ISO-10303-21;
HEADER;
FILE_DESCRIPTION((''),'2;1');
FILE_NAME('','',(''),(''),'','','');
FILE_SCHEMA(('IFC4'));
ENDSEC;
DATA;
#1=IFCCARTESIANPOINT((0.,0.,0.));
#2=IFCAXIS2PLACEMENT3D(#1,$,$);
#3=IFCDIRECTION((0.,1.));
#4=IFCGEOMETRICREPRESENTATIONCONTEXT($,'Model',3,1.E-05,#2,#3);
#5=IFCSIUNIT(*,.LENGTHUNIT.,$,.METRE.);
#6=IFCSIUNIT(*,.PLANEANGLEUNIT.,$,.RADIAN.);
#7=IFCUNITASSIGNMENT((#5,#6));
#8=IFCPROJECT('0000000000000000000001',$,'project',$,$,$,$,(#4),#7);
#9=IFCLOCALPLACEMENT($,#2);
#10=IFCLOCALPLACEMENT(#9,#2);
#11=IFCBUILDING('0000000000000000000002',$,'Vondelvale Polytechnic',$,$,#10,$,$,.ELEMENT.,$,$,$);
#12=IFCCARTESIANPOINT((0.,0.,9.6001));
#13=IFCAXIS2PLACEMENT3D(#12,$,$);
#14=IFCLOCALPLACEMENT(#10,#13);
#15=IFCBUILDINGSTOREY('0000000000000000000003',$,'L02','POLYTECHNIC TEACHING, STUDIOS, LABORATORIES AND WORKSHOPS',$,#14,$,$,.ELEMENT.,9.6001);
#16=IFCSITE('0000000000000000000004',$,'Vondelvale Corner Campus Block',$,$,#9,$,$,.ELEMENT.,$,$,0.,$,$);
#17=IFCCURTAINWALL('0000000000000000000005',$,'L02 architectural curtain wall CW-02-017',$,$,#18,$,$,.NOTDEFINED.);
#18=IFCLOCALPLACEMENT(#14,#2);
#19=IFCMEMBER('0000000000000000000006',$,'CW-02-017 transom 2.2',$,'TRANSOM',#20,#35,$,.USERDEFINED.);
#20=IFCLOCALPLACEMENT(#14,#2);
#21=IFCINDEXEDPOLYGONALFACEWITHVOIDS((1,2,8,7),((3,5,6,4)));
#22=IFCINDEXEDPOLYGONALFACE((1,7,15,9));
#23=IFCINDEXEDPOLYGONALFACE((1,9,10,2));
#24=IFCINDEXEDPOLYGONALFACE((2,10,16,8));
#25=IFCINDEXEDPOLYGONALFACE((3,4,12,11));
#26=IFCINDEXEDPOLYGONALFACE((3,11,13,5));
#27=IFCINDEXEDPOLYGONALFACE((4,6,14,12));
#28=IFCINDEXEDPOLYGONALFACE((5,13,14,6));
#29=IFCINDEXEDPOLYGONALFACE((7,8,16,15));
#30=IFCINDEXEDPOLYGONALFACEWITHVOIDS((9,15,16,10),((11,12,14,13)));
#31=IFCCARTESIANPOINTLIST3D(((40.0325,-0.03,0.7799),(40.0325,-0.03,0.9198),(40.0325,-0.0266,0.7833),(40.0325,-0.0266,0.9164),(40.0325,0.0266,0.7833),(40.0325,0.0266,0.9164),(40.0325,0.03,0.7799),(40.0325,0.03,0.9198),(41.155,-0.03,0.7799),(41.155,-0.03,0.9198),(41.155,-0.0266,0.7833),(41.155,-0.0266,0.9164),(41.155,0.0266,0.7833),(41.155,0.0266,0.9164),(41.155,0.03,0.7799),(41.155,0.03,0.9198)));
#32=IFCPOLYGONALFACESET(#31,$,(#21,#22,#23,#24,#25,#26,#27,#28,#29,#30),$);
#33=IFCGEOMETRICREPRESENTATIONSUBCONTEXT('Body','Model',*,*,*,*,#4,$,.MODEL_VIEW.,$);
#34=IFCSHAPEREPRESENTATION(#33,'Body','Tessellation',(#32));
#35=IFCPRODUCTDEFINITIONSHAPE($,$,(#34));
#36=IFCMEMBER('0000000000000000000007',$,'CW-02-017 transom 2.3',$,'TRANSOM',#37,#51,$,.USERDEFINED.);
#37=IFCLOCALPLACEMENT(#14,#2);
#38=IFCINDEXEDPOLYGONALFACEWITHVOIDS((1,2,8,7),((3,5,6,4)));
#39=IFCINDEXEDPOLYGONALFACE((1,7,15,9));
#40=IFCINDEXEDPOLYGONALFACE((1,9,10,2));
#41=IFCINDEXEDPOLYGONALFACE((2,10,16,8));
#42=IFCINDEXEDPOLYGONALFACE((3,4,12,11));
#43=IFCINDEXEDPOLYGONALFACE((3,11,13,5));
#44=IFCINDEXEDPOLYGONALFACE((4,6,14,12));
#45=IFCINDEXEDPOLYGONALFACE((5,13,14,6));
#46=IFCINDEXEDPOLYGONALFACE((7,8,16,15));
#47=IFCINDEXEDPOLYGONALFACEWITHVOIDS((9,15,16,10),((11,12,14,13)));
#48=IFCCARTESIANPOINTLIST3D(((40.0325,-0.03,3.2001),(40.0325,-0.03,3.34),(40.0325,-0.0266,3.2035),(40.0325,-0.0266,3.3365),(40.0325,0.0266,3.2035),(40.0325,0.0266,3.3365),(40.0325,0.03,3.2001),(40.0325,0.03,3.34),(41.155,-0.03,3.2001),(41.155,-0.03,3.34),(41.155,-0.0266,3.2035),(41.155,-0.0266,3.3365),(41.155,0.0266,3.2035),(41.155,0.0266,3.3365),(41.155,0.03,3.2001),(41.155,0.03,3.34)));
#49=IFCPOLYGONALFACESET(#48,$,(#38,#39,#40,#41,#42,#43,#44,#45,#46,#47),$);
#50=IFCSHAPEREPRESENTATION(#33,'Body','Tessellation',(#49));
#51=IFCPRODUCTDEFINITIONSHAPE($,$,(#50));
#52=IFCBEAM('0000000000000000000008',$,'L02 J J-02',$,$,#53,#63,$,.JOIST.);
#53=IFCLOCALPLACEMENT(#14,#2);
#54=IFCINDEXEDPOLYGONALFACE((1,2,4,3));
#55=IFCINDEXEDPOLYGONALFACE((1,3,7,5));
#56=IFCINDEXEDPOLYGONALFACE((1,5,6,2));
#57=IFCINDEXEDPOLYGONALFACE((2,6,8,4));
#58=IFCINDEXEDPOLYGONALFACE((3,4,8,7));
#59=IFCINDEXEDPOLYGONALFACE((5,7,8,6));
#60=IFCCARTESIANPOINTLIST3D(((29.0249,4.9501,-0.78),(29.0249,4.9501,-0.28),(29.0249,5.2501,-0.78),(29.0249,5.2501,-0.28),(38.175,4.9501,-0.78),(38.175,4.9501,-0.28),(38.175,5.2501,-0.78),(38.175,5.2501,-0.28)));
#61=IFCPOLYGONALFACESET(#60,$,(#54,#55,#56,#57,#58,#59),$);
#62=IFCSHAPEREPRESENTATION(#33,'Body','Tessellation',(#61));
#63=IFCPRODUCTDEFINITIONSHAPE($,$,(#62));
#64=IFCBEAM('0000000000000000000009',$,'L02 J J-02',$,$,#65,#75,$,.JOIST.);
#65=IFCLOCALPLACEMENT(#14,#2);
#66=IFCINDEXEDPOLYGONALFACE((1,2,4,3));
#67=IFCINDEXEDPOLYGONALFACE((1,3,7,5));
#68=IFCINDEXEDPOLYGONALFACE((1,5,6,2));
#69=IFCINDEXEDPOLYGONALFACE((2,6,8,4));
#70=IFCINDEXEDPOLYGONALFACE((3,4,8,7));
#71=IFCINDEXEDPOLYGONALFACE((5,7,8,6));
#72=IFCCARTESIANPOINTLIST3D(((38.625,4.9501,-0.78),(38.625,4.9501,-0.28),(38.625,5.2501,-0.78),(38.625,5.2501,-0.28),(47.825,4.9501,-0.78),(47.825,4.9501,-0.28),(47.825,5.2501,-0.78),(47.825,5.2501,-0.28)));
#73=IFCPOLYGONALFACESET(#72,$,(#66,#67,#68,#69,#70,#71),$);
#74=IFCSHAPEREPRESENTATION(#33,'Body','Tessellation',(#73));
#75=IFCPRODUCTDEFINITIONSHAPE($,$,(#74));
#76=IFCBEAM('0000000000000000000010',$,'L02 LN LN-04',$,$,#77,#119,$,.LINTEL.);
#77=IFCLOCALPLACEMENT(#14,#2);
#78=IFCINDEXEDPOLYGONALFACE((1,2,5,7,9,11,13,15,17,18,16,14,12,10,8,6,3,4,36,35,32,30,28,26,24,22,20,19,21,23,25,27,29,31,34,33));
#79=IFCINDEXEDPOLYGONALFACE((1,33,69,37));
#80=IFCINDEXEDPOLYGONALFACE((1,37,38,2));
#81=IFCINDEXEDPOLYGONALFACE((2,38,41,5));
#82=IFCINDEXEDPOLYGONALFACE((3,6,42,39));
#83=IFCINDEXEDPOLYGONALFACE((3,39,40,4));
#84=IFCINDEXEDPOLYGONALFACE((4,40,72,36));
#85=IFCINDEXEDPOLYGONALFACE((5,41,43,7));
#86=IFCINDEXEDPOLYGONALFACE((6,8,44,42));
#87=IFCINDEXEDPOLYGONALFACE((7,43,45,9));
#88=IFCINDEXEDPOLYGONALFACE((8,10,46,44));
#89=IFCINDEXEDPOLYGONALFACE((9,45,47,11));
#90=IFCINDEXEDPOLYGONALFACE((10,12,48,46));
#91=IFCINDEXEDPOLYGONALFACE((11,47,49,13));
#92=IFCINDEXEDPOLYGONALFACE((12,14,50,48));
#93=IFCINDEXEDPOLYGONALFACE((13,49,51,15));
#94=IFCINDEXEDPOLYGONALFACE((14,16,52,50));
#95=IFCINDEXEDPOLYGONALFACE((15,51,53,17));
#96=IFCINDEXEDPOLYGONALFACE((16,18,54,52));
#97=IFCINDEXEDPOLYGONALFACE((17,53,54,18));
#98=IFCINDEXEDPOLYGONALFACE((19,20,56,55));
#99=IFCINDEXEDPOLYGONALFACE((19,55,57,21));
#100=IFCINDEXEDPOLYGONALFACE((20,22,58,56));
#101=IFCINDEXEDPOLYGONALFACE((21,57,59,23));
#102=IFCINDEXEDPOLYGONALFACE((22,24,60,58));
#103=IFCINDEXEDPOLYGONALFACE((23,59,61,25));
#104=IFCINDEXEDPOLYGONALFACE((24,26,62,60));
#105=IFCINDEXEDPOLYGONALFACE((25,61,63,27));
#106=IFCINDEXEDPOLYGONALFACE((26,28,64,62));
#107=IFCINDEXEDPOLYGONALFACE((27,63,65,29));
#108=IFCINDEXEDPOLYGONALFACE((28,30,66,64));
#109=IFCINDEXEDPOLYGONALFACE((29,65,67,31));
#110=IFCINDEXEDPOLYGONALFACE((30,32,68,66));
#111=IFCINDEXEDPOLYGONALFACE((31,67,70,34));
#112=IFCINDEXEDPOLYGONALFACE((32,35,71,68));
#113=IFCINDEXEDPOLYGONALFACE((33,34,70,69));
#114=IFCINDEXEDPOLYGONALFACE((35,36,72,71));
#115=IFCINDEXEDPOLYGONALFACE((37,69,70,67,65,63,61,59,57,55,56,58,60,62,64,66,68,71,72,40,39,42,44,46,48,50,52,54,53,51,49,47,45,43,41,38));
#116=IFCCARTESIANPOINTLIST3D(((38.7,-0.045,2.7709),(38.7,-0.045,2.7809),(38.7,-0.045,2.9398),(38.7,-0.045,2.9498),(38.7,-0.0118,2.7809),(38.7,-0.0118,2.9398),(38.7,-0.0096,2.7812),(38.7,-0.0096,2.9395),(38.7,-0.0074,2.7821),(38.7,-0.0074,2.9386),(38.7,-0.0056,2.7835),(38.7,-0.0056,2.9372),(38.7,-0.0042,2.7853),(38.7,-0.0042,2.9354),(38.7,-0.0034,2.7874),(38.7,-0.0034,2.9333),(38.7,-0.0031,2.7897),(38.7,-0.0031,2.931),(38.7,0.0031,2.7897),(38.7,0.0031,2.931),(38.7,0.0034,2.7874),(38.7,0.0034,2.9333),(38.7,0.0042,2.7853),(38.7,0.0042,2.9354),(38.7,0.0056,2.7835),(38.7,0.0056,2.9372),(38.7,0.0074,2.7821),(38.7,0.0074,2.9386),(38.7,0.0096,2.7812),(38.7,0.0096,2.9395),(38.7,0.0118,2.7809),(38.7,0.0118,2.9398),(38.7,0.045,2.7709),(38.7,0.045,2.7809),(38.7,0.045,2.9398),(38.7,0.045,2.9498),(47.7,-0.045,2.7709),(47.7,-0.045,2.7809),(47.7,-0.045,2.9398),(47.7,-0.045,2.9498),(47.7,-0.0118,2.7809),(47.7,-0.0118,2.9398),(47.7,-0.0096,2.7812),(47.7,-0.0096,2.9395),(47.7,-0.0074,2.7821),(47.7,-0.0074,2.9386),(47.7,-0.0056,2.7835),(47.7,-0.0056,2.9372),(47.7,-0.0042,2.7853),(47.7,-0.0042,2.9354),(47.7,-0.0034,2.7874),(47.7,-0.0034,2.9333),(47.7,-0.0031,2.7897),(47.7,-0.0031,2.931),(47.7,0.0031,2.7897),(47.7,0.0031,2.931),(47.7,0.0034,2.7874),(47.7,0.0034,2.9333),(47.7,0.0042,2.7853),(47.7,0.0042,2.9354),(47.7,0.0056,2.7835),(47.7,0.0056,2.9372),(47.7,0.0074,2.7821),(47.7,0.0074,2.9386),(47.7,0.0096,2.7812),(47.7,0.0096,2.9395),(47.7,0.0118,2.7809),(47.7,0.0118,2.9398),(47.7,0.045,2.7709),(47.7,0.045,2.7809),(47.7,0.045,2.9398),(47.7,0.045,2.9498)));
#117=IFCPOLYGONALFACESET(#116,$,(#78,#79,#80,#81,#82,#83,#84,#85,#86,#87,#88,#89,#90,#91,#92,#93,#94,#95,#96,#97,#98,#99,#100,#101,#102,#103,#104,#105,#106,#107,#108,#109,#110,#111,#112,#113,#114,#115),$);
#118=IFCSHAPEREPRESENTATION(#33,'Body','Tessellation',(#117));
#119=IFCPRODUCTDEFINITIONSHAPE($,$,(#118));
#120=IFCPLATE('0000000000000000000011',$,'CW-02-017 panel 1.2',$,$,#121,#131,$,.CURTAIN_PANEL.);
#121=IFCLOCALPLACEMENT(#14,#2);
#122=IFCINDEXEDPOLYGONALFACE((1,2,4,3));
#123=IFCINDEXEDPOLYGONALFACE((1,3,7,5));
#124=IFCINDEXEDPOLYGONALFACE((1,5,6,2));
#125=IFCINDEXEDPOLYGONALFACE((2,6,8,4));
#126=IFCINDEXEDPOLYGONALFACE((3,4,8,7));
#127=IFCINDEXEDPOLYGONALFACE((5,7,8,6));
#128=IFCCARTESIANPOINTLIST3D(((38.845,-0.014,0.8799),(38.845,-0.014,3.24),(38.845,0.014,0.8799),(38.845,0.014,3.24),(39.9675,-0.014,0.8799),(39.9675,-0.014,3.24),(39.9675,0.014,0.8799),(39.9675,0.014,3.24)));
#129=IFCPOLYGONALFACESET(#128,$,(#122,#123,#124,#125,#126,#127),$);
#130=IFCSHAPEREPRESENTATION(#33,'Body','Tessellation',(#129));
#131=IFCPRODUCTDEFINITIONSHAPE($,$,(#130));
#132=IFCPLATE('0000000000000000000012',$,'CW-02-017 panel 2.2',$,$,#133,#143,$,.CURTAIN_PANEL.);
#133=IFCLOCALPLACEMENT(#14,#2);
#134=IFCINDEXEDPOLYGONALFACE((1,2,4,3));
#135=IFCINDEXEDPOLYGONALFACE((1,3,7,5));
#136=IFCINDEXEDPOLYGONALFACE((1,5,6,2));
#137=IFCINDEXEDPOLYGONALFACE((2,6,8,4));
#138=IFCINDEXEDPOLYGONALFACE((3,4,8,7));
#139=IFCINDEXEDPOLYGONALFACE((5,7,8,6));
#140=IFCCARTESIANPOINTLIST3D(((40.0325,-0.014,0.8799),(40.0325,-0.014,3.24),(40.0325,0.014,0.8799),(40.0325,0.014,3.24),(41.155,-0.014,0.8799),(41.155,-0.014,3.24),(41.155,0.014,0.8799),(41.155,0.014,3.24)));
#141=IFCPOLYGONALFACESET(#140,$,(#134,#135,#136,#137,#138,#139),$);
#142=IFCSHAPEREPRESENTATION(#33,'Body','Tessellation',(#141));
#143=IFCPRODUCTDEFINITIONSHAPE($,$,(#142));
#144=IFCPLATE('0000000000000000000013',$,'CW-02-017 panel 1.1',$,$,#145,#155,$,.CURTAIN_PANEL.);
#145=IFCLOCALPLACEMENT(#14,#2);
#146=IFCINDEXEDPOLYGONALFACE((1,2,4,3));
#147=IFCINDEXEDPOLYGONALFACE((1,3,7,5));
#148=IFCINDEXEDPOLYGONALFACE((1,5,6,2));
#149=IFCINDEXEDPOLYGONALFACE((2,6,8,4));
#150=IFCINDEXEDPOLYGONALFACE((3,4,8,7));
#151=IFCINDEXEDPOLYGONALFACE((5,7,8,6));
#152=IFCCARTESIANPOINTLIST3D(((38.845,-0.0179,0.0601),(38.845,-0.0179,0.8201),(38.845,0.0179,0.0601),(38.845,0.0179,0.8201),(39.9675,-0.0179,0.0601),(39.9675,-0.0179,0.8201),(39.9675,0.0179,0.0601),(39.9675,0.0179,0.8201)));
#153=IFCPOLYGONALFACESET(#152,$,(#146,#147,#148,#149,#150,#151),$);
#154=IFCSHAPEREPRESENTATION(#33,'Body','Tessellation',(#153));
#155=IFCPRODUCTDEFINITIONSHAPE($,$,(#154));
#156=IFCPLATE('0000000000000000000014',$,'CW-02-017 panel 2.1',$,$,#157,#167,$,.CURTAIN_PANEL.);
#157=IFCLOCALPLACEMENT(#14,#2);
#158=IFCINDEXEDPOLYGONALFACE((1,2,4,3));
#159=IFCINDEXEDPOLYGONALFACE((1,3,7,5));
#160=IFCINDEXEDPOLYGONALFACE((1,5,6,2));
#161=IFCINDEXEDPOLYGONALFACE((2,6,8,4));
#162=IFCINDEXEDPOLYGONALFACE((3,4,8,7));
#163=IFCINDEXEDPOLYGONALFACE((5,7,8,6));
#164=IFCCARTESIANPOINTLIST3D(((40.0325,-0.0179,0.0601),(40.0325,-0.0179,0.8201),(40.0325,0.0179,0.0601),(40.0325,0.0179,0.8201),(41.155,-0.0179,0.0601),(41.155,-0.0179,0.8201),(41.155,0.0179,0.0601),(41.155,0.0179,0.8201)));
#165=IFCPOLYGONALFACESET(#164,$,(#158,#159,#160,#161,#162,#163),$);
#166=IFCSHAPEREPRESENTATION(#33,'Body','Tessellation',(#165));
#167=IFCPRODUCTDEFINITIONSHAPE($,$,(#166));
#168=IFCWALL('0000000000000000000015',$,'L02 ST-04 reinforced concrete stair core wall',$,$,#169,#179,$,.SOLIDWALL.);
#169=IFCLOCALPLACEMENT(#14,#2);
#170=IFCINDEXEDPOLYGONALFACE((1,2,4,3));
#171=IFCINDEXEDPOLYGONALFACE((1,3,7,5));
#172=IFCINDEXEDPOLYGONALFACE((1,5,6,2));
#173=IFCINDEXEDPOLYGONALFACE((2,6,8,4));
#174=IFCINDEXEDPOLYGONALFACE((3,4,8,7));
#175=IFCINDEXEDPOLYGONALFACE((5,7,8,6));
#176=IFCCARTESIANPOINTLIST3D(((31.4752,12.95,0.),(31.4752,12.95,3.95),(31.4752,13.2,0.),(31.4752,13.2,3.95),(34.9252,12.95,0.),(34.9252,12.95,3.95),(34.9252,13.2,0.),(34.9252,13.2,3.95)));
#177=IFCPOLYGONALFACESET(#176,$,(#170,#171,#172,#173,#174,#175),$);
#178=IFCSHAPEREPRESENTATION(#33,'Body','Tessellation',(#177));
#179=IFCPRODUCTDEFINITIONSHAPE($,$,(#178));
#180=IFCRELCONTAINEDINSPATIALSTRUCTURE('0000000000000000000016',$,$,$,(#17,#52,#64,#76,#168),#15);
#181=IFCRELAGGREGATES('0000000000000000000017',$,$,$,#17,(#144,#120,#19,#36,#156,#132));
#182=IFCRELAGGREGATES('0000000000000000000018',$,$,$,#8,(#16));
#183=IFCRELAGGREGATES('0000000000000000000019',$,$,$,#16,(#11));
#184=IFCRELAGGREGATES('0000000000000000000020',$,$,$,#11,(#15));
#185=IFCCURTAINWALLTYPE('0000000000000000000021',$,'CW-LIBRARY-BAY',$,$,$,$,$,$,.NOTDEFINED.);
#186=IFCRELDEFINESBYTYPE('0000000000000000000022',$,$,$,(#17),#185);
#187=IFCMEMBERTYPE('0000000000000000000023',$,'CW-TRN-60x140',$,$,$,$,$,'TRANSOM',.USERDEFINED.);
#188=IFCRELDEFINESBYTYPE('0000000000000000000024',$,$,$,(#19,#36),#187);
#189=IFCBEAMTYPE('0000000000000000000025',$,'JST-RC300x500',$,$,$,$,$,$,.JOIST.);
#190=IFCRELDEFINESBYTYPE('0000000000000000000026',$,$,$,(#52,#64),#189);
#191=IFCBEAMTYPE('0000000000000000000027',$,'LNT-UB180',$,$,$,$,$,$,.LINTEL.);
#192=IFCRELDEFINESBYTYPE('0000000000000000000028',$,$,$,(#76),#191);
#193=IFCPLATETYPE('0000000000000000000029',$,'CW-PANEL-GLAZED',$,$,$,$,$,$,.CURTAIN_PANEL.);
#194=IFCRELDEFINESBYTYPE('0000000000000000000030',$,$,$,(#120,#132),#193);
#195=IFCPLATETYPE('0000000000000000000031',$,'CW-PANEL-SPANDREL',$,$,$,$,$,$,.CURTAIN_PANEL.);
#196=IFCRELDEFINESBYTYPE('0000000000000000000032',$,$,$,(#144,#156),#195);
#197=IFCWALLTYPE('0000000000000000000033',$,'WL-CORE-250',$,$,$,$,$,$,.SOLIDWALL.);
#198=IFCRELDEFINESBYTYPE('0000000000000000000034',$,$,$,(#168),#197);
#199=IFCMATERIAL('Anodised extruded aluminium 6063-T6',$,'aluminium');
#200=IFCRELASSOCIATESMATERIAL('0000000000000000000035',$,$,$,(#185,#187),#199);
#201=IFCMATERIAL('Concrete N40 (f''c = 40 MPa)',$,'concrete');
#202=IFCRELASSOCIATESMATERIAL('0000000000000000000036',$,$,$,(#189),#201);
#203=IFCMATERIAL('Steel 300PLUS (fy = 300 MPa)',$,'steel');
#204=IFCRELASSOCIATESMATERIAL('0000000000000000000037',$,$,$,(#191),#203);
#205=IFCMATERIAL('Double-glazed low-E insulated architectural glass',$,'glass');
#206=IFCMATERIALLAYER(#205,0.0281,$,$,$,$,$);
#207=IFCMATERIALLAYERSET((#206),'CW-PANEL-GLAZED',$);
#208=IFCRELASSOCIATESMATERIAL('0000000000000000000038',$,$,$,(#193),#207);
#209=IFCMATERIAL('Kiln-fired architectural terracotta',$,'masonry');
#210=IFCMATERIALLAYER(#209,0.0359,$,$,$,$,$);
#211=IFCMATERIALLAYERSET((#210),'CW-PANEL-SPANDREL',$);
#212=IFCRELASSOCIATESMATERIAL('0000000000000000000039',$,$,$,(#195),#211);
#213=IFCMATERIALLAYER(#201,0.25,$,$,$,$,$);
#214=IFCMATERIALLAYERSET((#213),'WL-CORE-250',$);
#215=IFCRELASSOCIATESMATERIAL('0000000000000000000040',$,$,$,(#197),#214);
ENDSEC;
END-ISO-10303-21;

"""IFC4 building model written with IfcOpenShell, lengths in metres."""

from ifc_helpers import new_model, si_unit, direction, frame, frame_2d, origin, origin_2d, place, context, subcontext, project, spatial, rectangle, hollow_rectangle, i_section, extrude, material, layer, layer_set, material_profile, profile_set, type_object, element, aggregate, save


model = new_model("IFC4")

# Units and contexts
model_context = context("Model", 3, precision=1e-05, world=origin(), true_north=direction((0.0, 1.0)))
body_context = subcontext(model_context, "Body", "Model", "MODEL_VIEW")
ifc_project = project(units=[si_unit("LENGTHUNIT", "METRE"), si_unit("PLANEANGLEUNIT", "RADIAN")], contexts=[model_context])

# Site, building, storey
site_placement = place(None, origin())
site = spatial("IfcSite", under=ifc_project, at=site_placement, Name="Vondelvale Corner Campus Block", CompositionType="ELEMENT", RefElevation=0.0)
building_placement = place(site_placement, origin())
building = spatial("IfcBuilding", under=site, at=building_placement, Name="Vondelvale Polytechnic", CompositionType="ELEMENT")
storey_placement = place(building_placement, frame((0.0, 0.0, 9.6001)))
storey = spatial("IfcBuildingStorey", under=building, at=storey_placement, Name="L02", Description="POLYTECHNIC TEACHING, STUDIOS, LABORATORIES AND WORKSHOPS", CompositionType="ELEMENT", Elevation=9.6001)

# Shared definitions
ifc_material_1 = material(Name="Concrete N40 (f'c = 40 MPa)", Category="concrete")

# Curtain wall, members
ifc_material_2 = material(Name="Anodised extruded aluminium 6063-T6", Category="aluminium")
curtain_wall_type = type_object("IfcCurtainWallType", Name="CW-LIBRARY-BAY", PredefinedType="NOTDEFINED", material=ifc_material_2)
curtain_wall_placement = place(storey_placement, origin())
curtain_wall = element("IfcCurtainWall", 1, at=curtain_wall_placement, inside=storey, type_object=curtain_wall_type, Name="L02 architectural curtain wall CW-02-017", PredefinedType="NOTDEFINED")
ifc_material_profile_1 = material_profile(ifc_material_2, hollow_rectangle(XDim=0.0601, YDim=0.1399, WallThickness=0.0034, at=origin_2d()), Name="CW-TRN-140x60")
ifc_profile_set_1 = profile_set([ifc_material_profile_1], Name="Anodised extruded aluminium 6063-T6")
member_type_1 = type_object("IfcMemberType", Name="CW-TRN-60x140", ElementType="TRANSOM", PredefinedType="USERDEFINED", material=ifc_profile_set_1)
member_1_placement = place(storey_placement, frame((40.0325, 0.0, 0.8499), z_axis=(1.0, 0.0, 0.0), x_axis=(0.0, 1.0, 0.0)))
member_1 = element("IfcMember", 2, at=member_1_placement, type_object=member_type_1, Name="CW-02-017 transom 2.2", ObjectType="TRANSOM", PredefinedType="USERDEFINED", context=body_context, shape_type="SweptSolid", body=[
    extrude(hollow_rectangle(XDim=0.0601, YDim=0.1399, WallThickness=0.0034, at=origin_2d()), origin(), (0.0, 0.0, 1.0), 1.1226),
])
member_2_placement = place(storey_placement, frame((40.0325, 0.0, 3.27), z_axis=(1.0, 0.0, 0.0), x_axis=(0.0, 1.0, 0.0)))
member_2 = element("IfcMember", 3, at=member_2_placement, type_object=member_type_1, Name="CW-02-017 transom 2.3", ObjectType="TRANSOM", PredefinedType="USERDEFINED", context=body_context, shape_type="SweptSolid", body=[
    extrude(hollow_rectangle(XDim=0.0601, YDim=0.1399, WallThickness=0.0034, at=origin_2d()), origin(), (0.0, 0.0, 1.0), 1.1226),
])

# Beams
ifc_material_profile_2 = material_profile(ifc_material_1, rectangle(XDim=0.3, YDim=0.5, at=origin_2d()), Name="RC-JST-300x500")
ifc_profile_set_2 = profile_set([ifc_material_profile_2], Name="Concrete N40 (f'c = 40 MPa)")
beam_type_1 = type_object("IfcBeamType", Name="JST-RC300x500", PredefinedType="JOIST", material=ifc_profile_set_2)
beam_1_placement = place(storey_placement, frame((29.0249, 5.1001, -0.53), z_axis=(1.0, 0.0, 0.0), x_axis=(0.0, 1.0, 0.0)))
element("IfcBeam", 4, at=beam_1_placement, inside=storey, type_object=beam_type_1, Name="L02 J J-02", PredefinedType="JOIST", context=body_context, shape_type="SweptSolid", body=[
    extrude(rectangle(XDim=0.3, YDim=0.5, at=origin_2d()), origin(), (0.0, 0.0, 1.0), 9.1501),
])
beam_2_placement = place(storey_placement, frame((38.625, 5.1001, -0.53), z_axis=(1.0, 0.0, 0.0), x_axis=(0.0, 1.0, 0.0)))
element("IfcBeam", 5, at=beam_2_placement, inside=storey, type_object=beam_type_1, Name="L02 J J-02", PredefinedType="JOIST", context=body_context, shape_type="SweptSolid", body=[
    extrude(rectangle(XDim=0.3, YDim=0.5, at=origin_2d()), origin(), (0.0, 0.0, 1.0), 9.2),
])
ifc_material_3 = material(Name="Steel 300PLUS (fy = 300 MPa)", Category="steel")
ifc_material_profile_3 = material_profile(ifc_material_3, i_section(OverallWidth=0.0901, OverallDepth=0.179, WebThickness=0.0061, FlangeThickness=0.01, FilletRadius=0.0088, at=origin_2d()), Name="180UB22.2")
ifc_profile_set_3 = profile_set([ifc_material_profile_3], Name="Steel 300PLUS (fy = 300 MPa)")
beam_type_2 = type_object("IfcBeamType", Name="LNT-UB180", PredefinedType="LINTEL", material=ifc_profile_set_3)
beam_3_placement = place(storey_placement, frame((38.7, 0.0, 2.8604), z_axis=(1.0, 0.0, 0.0), x_axis=(0.0, 1.0, 0.0)))
element("IfcBeam", 6, at=beam_3_placement, inside=storey, type_object=beam_type_2, Name="L02 LN LN-04", PredefinedType="LINTEL", context=body_context, shape_type="SweptSolid", body=[
    extrude(i_section(OverallWidth=0.0901, OverallDepth=0.179, WebThickness=0.0061, FlangeThickness=0.01, FilletRadius=0.0088, at=origin_2d()), origin(), (0.0, 0.0, 1.0), 9.0),
])

# Plates
ifc_material_4 = material(Name="Double-glazed low-E insulated architectural glass", Category="glass")
ifc_layer_1 = layer(ifc_material_4, 0.0281)
ifc_layer_set_1 = layer_set([ifc_layer_1], Name="CW-PANEL-GLAZED")
plate_type_1 = type_object("IfcPlateType", Name="CW-PANEL-GLAZED", PredefinedType="CURTAIN_PANEL", material=ifc_layer_set_1)
plate_1_placement = place(storey_placement, frame((39.4062, 0.0, 0.8799), z_axis=(0.0, 0.0, 1.0), x_axis=(1.0, 0.0, 0.0)))
plate_1 = element("IfcPlate", 7, at=plate_1_placement, type_object=plate_type_1, Name="CW-02-017 panel 1.2", PredefinedType="CURTAIN_PANEL", context=body_context, shape_type="SweptSolid", body=[
    extrude(rectangle(XDim=1.1226, YDim=0.0281, at=origin_2d()), origin(), (0.0, 0.0, 1.0), 2.3601),
])
plate_2_placement = place(storey_placement, frame((40.5938, 0.0, 0.8799), z_axis=(0.0, 0.0, 1.0), x_axis=(1.0, 0.0, 0.0)))
plate_2 = element("IfcPlate", 8, at=plate_2_placement, type_object=plate_type_1, Name="CW-02-017 panel 2.2", PredefinedType="CURTAIN_PANEL", context=body_context, shape_type="SweptSolid", body=[
    extrude(rectangle(XDim=1.1226, YDim=0.0281, at=origin_2d()), origin(), (0.0, 0.0, 1.0), 2.3601),
])
ifc_material_5 = material(Name="Kiln-fired architectural terracotta", Category="masonry")
ifc_layer_2 = layer(ifc_material_5, 0.0359)
ifc_layer_set_2 = layer_set([ifc_layer_2], Name="CW-PANEL-SPANDREL")
plate_type_2 = type_object("IfcPlateType", Name="CW-PANEL-SPANDREL", PredefinedType="CURTAIN_PANEL", material=ifc_layer_set_2)
plate_3_placement = place(storey_placement, frame((39.4062, 0.0, 0.0601), z_axis=(0.0, 0.0, 1.0), x_axis=(1.0, 0.0, 0.0)))
plate_3 = element("IfcPlate", 9, at=plate_3_placement, type_object=plate_type_2, Name="CW-02-017 panel 1.1", PredefinedType="CURTAIN_PANEL", context=body_context, shape_type="SweptSolid", body=[
    extrude(rectangle(XDim=1.1226, YDim=0.0359, at=origin_2d()), origin(), (0.0, 0.0, 1.0), 0.76),
])
plate_4_placement = place(storey_placement, frame((40.5938, 0.0, 0.0601), z_axis=(0.0, 0.0, 1.0), x_axis=(1.0, 0.0, 0.0)))
plate_4 = element("IfcPlate", 10, at=plate_4_placement, type_object=plate_type_2, Name="CW-02-017 panel 2.1", PredefinedType="CURTAIN_PANEL", context=body_context, shape_type="SweptSolid", body=[
    extrude(rectangle(XDim=1.1226, YDim=0.0359, at=origin_2d()), origin(), (0.0, 0.0, 1.0), 0.76),
])
aggregate(curtain_wall, [plate_3, plate_1, member_1, member_2, plate_4, plate_2])

# Wall
ifc_layer_3 = layer(ifc_material_1, 0.25)
ifc_layer_set_3 = layer_set([ifc_layer_3], Name="WL-CORE-250")
wall_type_1 = type_object("IfcWallType", Name="WL-CORE-250", PredefinedType="SOLIDWALL", material=ifc_layer_set_3)
wall_1_placement = place(storey_placement, frame((31.4751, 13.075, 0.0), z_axis=(0.0, 0.0, 1.0), x_axis=(1.0, 0.0, 0.0)))
element("IfcWall", 11, at=wall_1_placement, inside=storey, type_object=wall_type_1, Name="L02 ST-04 reinforced concrete stair core wall", PredefinedType="SOLIDWALL", context=body_context, shape_type="SweptSolid", body=[
    extrude(rectangle(XDim=3.45, YDim=0.25, at=frame_2d((1.7251, 0.0))), origin(), (0.0, 0.0, 1.0), 3.95),
])

save(model, "model.ifc")
